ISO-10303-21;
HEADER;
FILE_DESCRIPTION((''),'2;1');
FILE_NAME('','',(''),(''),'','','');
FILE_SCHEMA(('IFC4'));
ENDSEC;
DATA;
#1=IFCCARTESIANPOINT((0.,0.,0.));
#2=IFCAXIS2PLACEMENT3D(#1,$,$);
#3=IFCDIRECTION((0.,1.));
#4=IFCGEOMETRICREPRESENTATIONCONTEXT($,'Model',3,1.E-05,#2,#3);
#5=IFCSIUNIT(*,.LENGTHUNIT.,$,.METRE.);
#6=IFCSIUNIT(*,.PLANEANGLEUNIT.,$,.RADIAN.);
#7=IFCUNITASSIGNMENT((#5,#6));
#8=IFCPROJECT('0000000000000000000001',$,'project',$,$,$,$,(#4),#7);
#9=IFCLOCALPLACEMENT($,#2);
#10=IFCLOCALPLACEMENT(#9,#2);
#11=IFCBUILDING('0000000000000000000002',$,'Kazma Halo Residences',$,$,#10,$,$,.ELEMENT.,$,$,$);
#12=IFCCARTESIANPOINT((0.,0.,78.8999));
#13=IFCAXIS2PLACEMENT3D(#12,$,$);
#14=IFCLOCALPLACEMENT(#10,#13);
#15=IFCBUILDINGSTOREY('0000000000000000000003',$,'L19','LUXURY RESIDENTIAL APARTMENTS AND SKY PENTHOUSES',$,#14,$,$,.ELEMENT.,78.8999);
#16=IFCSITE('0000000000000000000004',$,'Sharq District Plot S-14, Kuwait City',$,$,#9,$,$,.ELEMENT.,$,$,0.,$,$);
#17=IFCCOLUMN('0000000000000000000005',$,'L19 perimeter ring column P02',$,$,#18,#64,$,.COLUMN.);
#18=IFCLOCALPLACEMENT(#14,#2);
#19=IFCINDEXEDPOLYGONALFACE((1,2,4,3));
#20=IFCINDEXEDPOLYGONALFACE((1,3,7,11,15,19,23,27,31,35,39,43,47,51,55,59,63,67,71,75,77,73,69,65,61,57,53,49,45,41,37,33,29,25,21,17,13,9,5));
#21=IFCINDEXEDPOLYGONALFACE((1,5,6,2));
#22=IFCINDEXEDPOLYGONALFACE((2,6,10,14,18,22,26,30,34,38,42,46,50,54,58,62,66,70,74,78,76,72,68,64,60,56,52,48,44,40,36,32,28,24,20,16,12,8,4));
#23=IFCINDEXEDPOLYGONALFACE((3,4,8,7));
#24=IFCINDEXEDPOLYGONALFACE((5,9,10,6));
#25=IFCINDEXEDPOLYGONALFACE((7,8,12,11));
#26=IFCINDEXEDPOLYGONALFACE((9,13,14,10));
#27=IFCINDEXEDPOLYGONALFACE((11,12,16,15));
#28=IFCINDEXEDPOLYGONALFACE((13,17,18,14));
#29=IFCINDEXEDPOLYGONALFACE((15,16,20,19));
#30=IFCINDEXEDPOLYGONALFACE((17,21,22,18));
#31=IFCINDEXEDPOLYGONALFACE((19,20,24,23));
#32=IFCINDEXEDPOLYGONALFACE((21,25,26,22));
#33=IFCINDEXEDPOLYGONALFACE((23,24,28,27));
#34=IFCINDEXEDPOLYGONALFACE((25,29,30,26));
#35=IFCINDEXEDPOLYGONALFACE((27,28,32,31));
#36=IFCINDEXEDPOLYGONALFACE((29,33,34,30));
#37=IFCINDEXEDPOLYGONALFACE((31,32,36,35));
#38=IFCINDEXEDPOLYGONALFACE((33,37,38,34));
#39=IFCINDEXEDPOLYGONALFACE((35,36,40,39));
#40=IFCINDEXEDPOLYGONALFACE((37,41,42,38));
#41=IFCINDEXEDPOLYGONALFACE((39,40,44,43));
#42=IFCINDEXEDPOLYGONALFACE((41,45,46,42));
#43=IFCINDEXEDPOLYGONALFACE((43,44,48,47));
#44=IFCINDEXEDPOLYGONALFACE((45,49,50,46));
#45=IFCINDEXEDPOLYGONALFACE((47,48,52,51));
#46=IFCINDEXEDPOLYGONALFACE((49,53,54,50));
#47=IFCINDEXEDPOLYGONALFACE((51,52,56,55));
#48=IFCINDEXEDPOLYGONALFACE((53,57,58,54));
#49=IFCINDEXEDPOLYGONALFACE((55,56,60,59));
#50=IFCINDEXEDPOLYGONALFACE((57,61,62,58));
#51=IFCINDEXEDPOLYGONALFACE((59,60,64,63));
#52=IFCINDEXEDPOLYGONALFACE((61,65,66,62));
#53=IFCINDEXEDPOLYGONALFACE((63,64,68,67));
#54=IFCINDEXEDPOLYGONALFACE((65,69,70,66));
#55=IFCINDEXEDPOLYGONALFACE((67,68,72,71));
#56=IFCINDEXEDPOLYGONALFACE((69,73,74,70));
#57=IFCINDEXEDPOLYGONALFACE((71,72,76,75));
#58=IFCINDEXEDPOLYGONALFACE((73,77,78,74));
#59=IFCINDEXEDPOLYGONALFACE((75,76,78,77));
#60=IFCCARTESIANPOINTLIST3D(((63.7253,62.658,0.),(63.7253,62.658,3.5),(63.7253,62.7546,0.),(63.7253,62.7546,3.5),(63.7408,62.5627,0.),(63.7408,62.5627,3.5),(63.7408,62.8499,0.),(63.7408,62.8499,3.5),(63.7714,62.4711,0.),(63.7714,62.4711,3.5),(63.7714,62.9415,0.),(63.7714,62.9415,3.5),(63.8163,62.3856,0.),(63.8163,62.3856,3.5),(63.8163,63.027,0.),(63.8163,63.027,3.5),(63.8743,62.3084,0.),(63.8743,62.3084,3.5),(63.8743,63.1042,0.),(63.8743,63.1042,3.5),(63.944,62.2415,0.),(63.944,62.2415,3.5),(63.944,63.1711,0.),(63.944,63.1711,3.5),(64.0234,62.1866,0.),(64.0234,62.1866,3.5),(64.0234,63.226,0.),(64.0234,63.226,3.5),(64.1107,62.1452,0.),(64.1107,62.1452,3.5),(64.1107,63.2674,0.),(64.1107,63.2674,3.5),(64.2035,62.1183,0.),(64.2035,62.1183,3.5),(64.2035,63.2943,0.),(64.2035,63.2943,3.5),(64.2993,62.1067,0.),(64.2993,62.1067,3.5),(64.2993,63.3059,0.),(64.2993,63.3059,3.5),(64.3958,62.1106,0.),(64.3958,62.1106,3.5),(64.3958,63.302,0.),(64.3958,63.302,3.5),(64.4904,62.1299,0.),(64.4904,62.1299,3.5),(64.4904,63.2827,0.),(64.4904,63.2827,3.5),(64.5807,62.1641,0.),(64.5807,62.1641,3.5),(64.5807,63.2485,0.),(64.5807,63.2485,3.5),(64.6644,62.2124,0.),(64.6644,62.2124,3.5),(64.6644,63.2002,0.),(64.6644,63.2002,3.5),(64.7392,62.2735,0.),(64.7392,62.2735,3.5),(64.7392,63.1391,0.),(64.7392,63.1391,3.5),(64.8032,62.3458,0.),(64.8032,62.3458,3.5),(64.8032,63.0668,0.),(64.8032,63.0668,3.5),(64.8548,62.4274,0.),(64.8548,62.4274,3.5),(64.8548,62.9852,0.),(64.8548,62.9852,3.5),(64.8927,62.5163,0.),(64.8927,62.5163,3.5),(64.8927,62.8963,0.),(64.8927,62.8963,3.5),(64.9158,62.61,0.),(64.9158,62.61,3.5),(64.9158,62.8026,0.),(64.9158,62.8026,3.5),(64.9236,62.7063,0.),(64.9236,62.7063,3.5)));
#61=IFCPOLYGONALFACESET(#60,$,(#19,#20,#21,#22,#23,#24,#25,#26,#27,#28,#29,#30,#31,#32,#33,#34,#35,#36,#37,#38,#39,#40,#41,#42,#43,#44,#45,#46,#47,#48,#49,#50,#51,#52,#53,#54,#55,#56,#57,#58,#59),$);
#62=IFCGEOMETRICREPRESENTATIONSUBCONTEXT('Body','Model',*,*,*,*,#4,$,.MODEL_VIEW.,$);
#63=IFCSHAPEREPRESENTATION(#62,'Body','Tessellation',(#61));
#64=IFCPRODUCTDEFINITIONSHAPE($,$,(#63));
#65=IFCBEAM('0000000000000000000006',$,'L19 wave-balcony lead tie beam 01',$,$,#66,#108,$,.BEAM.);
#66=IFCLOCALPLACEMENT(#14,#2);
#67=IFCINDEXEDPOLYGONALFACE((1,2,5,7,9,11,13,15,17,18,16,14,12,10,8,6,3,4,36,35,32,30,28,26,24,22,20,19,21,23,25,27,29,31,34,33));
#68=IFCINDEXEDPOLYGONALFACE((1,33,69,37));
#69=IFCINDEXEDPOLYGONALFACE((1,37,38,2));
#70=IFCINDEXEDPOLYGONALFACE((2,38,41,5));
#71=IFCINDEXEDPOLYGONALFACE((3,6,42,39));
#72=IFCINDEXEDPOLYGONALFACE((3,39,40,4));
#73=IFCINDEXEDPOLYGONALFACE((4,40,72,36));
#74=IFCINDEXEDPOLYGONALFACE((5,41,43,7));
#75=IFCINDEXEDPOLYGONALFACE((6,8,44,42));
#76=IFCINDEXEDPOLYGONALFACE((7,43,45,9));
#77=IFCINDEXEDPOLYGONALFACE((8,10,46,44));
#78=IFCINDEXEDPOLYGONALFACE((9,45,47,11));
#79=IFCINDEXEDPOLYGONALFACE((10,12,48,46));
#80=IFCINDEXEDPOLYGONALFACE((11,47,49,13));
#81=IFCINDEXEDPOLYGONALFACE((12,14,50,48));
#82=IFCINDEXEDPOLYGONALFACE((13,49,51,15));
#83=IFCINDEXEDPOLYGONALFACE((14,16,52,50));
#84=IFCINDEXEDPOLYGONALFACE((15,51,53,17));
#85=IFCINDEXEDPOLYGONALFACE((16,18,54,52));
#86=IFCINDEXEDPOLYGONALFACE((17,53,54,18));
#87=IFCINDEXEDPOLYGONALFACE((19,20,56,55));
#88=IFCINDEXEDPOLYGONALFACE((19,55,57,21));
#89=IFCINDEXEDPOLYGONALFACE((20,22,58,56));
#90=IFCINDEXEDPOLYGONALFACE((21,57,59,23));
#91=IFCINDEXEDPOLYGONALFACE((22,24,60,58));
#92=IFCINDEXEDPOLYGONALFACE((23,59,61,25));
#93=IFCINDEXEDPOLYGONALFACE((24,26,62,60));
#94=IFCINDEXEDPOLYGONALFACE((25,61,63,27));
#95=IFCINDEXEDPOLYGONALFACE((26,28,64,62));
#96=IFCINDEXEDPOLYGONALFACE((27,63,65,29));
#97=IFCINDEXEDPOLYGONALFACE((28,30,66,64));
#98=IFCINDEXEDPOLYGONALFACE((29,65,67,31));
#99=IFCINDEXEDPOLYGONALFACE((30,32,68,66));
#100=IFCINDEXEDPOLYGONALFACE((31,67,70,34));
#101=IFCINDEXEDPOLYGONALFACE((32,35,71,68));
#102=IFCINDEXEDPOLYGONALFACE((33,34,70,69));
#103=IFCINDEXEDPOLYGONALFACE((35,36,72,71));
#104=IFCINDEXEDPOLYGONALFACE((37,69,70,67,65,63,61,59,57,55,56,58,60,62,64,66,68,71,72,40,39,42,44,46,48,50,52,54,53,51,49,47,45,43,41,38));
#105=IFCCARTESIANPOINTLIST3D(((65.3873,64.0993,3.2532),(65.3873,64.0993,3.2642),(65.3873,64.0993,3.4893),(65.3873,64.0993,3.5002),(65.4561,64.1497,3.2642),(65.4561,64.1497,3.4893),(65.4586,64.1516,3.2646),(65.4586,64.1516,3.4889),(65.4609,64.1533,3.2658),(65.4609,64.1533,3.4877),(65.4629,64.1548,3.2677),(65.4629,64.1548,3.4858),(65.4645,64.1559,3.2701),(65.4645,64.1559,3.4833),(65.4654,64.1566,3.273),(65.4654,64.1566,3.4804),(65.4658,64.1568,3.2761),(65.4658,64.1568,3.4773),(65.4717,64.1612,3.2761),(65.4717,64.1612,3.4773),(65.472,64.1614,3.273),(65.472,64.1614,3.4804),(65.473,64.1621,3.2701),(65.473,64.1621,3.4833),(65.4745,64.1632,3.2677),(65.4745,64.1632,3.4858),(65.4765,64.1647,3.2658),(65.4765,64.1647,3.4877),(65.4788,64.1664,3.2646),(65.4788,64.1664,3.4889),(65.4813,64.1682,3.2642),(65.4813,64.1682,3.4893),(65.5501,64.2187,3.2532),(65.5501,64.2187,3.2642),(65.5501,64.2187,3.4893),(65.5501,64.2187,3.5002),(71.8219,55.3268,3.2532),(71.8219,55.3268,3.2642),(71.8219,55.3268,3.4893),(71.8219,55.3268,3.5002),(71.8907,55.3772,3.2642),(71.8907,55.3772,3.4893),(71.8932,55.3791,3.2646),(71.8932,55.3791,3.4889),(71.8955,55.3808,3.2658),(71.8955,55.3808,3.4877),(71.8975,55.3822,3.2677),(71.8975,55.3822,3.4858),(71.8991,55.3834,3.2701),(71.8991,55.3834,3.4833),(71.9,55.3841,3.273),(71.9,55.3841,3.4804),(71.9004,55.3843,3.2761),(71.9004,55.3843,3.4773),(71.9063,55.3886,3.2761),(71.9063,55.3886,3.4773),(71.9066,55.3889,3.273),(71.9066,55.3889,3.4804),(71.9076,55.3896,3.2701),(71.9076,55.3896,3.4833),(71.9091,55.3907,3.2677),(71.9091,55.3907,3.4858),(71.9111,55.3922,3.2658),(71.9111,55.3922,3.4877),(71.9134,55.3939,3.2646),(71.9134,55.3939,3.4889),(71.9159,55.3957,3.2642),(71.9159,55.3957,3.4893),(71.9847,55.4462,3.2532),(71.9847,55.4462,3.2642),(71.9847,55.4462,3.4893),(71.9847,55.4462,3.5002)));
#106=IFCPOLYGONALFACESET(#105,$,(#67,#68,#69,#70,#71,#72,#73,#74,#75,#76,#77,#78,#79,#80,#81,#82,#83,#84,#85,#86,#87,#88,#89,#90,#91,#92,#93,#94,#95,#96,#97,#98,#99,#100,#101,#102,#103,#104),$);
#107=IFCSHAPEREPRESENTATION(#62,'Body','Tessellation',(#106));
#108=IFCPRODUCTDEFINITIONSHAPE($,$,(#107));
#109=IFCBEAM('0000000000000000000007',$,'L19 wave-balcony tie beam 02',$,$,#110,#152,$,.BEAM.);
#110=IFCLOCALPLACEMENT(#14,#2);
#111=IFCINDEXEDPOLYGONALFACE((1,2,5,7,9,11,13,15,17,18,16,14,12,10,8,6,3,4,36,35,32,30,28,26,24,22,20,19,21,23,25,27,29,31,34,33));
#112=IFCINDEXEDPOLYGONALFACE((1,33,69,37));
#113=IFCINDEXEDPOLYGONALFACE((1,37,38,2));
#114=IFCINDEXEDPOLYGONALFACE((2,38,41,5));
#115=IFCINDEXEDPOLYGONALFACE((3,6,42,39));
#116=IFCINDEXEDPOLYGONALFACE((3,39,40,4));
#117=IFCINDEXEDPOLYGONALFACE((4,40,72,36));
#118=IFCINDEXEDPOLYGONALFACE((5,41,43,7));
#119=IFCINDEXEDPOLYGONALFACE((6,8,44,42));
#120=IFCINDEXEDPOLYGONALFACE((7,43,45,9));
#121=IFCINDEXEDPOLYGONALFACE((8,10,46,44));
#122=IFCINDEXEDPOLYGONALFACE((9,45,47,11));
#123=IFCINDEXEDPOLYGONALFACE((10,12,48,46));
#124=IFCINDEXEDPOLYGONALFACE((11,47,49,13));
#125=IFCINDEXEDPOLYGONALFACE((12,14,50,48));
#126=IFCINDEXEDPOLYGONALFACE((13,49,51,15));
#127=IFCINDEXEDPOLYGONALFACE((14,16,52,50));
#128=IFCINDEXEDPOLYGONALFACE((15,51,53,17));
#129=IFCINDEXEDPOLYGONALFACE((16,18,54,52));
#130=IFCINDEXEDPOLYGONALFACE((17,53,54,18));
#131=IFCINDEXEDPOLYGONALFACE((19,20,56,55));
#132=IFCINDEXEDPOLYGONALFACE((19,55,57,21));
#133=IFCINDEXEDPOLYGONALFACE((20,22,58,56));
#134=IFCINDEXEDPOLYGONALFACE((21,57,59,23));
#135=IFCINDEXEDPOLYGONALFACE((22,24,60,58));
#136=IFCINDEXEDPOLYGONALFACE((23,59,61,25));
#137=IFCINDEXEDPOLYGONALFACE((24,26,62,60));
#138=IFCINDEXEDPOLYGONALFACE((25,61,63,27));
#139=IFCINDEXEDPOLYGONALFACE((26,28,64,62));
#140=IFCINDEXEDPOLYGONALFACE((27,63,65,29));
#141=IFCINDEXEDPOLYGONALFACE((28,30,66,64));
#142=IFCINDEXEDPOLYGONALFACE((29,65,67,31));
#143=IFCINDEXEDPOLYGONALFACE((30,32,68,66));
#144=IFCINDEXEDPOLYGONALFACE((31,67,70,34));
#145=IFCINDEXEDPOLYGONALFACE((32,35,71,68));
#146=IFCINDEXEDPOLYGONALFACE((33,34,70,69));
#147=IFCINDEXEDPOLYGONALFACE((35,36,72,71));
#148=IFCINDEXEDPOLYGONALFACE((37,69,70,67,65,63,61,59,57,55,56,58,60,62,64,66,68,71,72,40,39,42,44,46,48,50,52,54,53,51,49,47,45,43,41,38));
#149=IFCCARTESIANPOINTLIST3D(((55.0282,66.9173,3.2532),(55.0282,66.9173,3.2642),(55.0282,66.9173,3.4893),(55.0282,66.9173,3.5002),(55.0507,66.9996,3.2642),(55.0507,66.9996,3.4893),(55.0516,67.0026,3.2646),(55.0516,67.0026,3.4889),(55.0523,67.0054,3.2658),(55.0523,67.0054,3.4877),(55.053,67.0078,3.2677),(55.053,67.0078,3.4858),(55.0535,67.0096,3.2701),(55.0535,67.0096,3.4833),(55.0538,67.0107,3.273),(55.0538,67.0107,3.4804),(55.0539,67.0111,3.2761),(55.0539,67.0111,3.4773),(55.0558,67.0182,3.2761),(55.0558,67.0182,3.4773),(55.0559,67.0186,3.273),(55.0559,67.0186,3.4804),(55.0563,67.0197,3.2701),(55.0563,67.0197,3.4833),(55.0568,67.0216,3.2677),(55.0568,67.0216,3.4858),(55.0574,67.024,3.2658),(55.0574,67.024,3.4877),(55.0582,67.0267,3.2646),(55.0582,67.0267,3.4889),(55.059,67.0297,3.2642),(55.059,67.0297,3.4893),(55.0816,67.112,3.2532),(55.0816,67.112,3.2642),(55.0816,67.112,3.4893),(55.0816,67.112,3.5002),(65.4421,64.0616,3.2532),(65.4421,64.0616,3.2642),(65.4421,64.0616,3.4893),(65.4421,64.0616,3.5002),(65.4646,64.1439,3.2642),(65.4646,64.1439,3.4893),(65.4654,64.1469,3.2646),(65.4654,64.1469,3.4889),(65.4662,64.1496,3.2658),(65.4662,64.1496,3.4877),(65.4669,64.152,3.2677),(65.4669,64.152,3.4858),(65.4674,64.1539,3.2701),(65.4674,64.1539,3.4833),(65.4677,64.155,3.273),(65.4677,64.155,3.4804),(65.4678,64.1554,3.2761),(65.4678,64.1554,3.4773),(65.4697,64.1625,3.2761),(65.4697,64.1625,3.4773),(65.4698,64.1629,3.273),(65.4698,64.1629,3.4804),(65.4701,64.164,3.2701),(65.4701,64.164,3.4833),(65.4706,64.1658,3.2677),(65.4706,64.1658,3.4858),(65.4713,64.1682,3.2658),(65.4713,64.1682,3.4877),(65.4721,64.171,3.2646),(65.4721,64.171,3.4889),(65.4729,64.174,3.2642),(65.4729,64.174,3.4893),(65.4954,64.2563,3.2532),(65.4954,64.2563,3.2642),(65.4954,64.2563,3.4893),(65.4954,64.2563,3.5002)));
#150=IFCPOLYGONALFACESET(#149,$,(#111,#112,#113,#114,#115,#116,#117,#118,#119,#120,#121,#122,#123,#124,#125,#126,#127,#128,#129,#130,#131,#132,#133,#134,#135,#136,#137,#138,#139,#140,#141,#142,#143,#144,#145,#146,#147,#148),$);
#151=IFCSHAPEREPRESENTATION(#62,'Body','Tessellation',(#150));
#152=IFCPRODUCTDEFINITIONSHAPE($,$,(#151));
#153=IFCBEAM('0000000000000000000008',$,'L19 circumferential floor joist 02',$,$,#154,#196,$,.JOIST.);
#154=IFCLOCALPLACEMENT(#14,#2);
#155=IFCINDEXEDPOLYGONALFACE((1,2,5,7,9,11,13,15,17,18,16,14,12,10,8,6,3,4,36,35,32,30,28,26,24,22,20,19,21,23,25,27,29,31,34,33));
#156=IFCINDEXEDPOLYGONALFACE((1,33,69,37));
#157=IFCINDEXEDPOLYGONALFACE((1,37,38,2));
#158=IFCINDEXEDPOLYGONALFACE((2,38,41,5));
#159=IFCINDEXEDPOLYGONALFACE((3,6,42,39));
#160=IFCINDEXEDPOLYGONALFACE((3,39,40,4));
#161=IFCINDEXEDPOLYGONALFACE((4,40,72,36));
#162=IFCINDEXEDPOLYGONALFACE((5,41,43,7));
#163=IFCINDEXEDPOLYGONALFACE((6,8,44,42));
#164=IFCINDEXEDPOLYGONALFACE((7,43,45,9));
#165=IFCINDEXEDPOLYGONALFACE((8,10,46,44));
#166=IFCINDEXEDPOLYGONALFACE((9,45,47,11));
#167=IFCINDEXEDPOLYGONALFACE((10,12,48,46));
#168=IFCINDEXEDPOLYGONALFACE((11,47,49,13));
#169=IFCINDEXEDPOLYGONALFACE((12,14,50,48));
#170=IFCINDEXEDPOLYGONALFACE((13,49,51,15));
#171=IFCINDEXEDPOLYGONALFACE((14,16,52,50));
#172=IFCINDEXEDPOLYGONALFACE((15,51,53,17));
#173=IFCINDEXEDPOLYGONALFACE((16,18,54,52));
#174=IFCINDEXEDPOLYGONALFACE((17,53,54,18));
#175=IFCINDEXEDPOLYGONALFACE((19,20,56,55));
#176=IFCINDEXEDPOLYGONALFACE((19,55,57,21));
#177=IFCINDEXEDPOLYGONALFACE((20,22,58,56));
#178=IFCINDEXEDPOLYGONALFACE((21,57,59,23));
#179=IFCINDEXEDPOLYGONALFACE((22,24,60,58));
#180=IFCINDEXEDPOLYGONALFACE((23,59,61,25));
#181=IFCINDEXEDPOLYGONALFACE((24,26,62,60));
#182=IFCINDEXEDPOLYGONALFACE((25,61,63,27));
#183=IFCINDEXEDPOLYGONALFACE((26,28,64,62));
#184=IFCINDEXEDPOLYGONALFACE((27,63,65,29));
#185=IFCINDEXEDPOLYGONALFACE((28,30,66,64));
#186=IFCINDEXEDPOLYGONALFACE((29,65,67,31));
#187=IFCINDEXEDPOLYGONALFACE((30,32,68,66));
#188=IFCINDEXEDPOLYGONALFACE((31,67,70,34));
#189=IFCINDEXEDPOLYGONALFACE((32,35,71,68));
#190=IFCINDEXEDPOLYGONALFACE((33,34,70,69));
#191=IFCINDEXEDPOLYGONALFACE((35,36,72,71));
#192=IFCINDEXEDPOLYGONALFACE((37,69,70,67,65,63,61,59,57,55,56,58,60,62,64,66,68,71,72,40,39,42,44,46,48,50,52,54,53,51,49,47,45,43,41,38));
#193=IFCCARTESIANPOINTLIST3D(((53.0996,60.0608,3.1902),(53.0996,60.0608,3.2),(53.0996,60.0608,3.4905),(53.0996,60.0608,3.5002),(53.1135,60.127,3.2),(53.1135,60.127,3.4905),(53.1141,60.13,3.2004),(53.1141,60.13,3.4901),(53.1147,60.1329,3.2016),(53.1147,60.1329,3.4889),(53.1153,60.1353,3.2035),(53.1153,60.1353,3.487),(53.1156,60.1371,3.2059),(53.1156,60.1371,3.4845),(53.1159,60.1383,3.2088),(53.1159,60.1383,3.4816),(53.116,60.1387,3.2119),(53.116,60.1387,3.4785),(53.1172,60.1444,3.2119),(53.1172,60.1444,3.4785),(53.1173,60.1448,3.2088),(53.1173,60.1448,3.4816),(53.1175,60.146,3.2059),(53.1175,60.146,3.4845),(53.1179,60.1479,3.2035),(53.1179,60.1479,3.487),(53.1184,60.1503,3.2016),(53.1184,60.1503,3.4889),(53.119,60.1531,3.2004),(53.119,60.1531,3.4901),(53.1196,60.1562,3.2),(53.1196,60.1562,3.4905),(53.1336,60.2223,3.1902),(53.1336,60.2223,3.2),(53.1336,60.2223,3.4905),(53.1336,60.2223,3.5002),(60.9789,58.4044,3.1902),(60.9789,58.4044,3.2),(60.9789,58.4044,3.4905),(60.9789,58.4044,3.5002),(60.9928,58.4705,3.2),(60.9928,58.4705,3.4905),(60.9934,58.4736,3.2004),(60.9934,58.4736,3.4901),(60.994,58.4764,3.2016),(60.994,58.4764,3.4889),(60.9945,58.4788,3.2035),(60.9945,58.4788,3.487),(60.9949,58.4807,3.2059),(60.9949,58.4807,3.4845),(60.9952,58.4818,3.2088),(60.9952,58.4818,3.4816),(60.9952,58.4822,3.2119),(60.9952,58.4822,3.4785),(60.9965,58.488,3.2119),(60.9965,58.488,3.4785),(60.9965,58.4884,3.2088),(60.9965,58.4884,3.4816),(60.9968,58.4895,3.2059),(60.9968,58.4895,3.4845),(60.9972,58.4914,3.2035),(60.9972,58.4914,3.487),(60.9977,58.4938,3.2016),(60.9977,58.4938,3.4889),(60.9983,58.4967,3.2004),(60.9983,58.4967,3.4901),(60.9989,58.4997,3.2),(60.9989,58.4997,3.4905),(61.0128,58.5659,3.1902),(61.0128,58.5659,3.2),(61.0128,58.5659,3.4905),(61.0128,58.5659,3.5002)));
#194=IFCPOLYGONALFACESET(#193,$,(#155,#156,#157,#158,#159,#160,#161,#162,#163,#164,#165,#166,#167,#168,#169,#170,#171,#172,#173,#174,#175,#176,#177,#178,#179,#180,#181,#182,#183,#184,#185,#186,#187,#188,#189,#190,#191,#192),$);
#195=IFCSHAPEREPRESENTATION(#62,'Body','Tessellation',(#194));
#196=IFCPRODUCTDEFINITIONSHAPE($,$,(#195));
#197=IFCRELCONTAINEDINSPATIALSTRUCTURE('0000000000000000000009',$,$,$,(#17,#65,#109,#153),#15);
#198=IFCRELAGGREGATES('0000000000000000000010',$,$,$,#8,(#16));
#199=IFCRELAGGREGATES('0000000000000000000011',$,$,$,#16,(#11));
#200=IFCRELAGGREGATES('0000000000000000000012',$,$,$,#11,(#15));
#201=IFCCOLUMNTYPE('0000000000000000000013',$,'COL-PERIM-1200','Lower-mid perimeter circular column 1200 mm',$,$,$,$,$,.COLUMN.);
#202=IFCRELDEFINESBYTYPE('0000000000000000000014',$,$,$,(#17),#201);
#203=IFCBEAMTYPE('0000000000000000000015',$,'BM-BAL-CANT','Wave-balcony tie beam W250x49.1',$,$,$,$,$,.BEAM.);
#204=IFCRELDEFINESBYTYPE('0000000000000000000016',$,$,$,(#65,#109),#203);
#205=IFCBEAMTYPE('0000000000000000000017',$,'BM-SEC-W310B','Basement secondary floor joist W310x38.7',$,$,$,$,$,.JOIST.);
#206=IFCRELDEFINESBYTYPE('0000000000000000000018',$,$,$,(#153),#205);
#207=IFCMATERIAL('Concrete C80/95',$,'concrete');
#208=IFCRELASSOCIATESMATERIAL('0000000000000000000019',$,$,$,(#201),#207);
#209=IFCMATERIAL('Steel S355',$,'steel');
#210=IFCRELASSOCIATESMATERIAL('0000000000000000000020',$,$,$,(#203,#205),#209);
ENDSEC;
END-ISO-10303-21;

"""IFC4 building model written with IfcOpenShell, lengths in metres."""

from ifc_helpers import new_model, si_unit, direction, frame, origin, origin_2d, place, context, subcontext, project, spatial, circle, i_section, extrude, material, material_profile, profile_set, type_object, element, save


model = new_model("IFC4")

# Units and contexts
model_context = context("Model", 3, precision=1e-05, world=origin(), true_north=direction((0.0, 1.0)))
body_context = subcontext(model_context, "Body", "Model", "MODEL_VIEW")
ifc_project = project(units=[si_unit("LENGTHUNIT", "METRE"), si_unit("PLANEANGLEUNIT", "RADIAN")], contexts=[model_context])

# Site, building, storey
site_placement = place(None, origin())
site = spatial("IfcSite", under=ifc_project, at=site_placement, Name="Sharq District Plot S-14, Kuwait City", CompositionType="ELEMENT", RefElevation=0.0)
building_placement = place(site_placement, origin())
building = spatial("IfcBuilding", under=site, at=building_placement, Name="Kazma Halo Residences", CompositionType="ELEMENT")
storey_placement = place(building_placement, frame((0.0, 0.0, 78.8999)))
storey = spatial("IfcBuildingStorey", under=building, at=storey_placement, Name="L19", Description="LUXURY RESIDENTIAL APARTMENTS AND SKY PENTHOUSES", CompositionType="ELEMENT", Elevation=78.8999)

# Column
ifc_material_1 = material(Name="Concrete C80/95", Category="concrete")
ifc_material_profile_1 = material_profile(ifc_material_1, circle(Radius=0.6001, at=origin_2d()), Name="CIRC1200")
ifc_profile_set_1 = profile_set([ifc_material_profile_1], Name="Concrete C80/95")
column_type = type_object("IfcColumnType", Name="COL-PERIM-1200", Description="Lower-mid perimeter circular column 1200 mm", PredefinedType="COLUMN", material=ifc_profile_set_1)
column_placement = place(storey_placement, frame((64.3235, 62.7063, 0.0), z_axis=(0.0, 0.0, 1.0), x_axis=(1.0, 0.0, 0.0)))
element("IfcColumn", 1, at=column_placement, inside=storey, type_object=column_type, Name="L19 perimeter ring column P02", PredefinedType="COLUMN", context=body_context, shape_type="SweptSolid", body=[
    extrude(circle(Radius=0.6001, at=origin_2d()), origin(), (0.0, 0.0, 1.0), 3.5),
])

# Beams
ifc_material_2 = material(Name="Steel S355", Category="steel")
ifc_material_profile_2 = material_profile(ifc_material_2, i_section(OverallWidth=0.2019, OverallDepth=0.2471, WebThickness=0.0073, FlangeThickness=0.011, FilletRadius=0.012, at=origin_2d()), Name="W250x49.1")
ifc_profile_set_2 = profile_set([ifc_material_profile_2], Name="Steel S355")
beam_type_1 = type_object("IfcBeamType", Name="BM-BAL-CANT", Description="Wave-balcony tie beam W250x49.1", PredefinedType="BEAM", material=ifc_profile_set_2)
beam_1_placement = place(storey_placement, frame((71.9033, 55.3865, 3.3767), z_axis=(-0.591449, 0.806342, 0.0), x_axis=(-0.806342, -0.591449, 0.0)))
element("IfcBeam", 2, at=beam_1_placement, inside=storey, type_object=beam_type_1, Name="L19 wave-balcony lead tie beam 01", PredefinedType="BEAM", context=body_context, shape_type="SweptSolid", body=[
    extrude(i_section(OverallWidth=0.2019, OverallDepth=0.2471, WebThickness=0.0073, FlangeThickness=0.011, FilletRadius=0.012, at=origin_2d()), origin(), (0.0, 0.0, 1.0), 10.8794),
])
beam_2_placement = place(storey_placement, frame((65.4688, 64.1589, 3.3767), z_axis=(-0.964397, 0.26446, 0.0), x_axis=(-0.26446, -0.964397, 0.0)))
element("IfcBeam", 3, at=beam_2_placement, inside=storey, type_object=beam_type_1, Name="L19 wave-balcony tie beam 02", PredefinedType="BEAM", context=body_context, shape_type="SweptSolid", body=[
    extrude(i_section(OverallWidth=0.2019, OverallDepth=0.2471, WebThickness=0.0073, FlangeThickness=0.011, FilletRadius=0.012, at=origin_2d()), origin(), (0.0, 0.0, 1.0), 10.7983),
])
ifc_material_profile_3 = material_profile(ifc_material_2, i_section(OverallWidth=0.165, OverallDepth=0.3101, WebThickness=0.0059, FlangeThickness=0.0098, FilletRadius=0.012, at=origin_2d()), Name="W310x38.7")
ifc_profile_set_3 = profile_set([ifc_material_profile_3], Name="Steel S355")
beam_type_2 = type_object("IfcBeamType", Name="BM-SEC-W310B", Description="Basement secondary floor joist W310x38.7", PredefinedType="JOIST", material=ifc_profile_set_3)
beam_3_placement = place(storey_placement, frame((60.9958, 58.4851, 3.3452), z_axis=(-0.978608, 0.205734, 0.0), x_axis=(-0.205734, -0.978608, 0.0)))
element("IfcBeam", 4, at=beam_3_placement, inside=storey, type_object=beam_type_2, Name="L19 circumferential floor joist 02", PredefinedType="JOIST", context=body_context, shape_type="SweptSolid", body=[
    extrude(i_section(OverallWidth=0.165, OverallDepth=0.3101, WebThickness=0.0059, FlangeThickness=0.0098, FilletRadius=0.012, at=origin_2d()), origin(), (0.0, 0.0, 1.0), 8.0515),
])

save(model, "model.ifc")
